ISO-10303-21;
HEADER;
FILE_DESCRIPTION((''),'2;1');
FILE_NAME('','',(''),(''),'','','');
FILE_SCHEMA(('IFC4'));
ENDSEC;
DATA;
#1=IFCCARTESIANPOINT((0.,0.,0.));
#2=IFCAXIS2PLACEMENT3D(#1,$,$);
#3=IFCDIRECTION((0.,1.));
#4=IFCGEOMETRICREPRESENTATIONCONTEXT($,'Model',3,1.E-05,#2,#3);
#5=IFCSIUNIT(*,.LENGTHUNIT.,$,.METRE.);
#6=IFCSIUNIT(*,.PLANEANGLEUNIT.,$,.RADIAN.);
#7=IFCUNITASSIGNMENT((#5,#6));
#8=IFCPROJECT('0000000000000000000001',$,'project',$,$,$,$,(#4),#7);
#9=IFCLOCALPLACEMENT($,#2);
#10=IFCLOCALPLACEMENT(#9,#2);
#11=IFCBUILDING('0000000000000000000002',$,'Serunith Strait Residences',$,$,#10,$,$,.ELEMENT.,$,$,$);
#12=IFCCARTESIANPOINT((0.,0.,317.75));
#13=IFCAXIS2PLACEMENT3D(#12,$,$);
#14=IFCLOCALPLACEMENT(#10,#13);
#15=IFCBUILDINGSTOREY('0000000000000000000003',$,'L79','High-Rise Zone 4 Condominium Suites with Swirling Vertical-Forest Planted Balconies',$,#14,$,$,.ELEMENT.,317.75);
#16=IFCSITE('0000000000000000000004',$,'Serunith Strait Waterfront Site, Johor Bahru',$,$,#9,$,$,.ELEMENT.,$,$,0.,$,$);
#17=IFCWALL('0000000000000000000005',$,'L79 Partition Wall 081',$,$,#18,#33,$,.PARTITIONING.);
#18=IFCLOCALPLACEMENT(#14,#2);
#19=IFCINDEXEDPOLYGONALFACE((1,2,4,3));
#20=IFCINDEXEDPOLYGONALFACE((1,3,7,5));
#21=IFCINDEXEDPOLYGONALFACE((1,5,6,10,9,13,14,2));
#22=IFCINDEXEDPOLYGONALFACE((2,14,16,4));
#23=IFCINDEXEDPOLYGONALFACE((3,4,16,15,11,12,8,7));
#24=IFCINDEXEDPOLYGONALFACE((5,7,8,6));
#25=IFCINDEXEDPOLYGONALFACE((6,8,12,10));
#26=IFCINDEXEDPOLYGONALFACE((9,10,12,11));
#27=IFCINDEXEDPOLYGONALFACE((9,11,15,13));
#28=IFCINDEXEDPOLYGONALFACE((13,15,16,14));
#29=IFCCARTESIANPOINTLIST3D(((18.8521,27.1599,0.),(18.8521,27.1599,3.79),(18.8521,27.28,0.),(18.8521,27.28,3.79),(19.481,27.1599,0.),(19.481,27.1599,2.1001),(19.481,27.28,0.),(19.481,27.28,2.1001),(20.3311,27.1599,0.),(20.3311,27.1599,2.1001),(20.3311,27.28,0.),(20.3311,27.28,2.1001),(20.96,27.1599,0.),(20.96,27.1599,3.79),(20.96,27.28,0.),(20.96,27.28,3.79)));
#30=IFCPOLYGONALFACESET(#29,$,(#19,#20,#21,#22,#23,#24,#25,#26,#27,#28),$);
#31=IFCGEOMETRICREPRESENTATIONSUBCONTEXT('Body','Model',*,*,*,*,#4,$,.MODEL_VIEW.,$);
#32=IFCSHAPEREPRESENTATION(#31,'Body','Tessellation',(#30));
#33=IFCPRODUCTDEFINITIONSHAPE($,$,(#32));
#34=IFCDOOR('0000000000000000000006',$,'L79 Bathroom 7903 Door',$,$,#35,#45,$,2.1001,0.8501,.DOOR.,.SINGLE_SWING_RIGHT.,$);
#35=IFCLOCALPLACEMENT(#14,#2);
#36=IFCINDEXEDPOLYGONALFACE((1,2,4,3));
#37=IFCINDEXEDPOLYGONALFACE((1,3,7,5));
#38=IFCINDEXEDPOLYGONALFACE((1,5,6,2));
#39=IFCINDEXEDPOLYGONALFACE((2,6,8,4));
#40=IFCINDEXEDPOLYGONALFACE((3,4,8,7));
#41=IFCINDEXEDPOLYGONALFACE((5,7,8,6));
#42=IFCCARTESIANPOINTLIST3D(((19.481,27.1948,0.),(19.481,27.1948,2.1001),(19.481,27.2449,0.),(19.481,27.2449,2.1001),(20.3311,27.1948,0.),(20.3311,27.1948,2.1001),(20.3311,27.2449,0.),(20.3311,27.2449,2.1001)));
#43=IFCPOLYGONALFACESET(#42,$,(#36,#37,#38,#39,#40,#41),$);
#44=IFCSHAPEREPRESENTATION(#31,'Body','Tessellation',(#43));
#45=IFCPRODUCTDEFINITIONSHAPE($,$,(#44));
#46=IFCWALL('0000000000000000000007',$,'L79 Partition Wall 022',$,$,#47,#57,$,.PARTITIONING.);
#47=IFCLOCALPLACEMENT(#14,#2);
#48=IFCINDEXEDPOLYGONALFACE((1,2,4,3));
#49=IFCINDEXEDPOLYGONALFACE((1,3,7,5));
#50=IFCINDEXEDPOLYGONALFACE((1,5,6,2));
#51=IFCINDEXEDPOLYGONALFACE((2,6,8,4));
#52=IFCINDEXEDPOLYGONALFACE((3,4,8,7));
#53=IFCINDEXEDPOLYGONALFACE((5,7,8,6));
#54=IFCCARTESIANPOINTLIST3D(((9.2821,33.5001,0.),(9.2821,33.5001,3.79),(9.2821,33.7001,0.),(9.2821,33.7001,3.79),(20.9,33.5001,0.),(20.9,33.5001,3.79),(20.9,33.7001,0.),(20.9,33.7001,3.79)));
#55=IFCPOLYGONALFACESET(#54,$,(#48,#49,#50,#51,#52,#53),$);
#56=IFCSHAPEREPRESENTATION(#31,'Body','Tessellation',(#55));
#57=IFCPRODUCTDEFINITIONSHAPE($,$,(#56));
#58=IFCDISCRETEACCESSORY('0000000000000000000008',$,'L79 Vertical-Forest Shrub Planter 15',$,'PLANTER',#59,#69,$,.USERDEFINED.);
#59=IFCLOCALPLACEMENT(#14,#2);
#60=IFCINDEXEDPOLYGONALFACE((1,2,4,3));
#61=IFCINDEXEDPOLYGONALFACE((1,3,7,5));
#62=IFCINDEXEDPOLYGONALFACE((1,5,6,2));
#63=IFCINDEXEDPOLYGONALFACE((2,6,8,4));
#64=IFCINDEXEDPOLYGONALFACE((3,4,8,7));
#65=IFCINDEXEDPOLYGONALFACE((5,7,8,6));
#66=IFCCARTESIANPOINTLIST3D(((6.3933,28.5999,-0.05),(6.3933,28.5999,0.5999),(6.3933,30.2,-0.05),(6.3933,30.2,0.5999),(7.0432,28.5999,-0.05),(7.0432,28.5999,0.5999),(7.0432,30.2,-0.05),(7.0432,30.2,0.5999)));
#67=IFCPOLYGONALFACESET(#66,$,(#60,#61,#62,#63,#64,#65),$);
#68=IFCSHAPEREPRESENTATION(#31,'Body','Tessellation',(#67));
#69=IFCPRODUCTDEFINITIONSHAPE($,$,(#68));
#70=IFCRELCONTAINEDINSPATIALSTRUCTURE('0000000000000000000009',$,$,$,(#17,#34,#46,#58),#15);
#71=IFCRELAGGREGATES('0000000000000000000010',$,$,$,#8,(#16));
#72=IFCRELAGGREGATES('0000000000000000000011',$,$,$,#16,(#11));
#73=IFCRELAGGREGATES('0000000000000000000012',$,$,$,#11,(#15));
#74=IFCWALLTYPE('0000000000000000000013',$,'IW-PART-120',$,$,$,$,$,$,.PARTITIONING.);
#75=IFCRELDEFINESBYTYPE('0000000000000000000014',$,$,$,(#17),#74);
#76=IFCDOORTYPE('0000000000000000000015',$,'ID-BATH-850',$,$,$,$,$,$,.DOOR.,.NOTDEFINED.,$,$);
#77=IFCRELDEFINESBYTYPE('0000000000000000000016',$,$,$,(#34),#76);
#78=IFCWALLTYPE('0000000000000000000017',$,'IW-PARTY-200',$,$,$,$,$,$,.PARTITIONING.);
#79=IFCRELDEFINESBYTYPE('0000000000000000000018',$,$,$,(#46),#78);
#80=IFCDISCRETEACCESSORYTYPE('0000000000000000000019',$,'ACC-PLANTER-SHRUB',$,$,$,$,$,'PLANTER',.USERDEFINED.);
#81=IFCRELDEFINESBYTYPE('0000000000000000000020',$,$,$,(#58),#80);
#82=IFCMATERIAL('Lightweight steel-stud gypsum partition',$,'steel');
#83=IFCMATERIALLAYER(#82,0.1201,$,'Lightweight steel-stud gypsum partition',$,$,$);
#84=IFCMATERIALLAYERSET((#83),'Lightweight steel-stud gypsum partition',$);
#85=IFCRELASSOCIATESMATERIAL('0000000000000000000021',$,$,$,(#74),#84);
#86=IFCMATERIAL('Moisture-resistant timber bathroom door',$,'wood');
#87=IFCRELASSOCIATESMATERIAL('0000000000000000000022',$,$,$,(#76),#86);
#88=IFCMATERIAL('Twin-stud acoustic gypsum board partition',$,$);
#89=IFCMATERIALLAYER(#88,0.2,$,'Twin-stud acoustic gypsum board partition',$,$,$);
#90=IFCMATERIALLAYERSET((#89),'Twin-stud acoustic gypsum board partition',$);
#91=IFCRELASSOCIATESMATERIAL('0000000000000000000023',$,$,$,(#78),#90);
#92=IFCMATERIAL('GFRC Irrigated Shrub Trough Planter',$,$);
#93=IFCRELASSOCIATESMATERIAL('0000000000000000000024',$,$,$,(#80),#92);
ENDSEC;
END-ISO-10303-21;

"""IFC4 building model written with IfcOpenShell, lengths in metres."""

from ifc_helpers import new_model, si_unit, direction, frame, frame_2d, origin, origin_2d, place, context, subcontext, project, spatial, rectangle, extrude, source, transform, mapped, material, layer, layer_set, type_object, element, fill, save


model = new_model("IFC4")

# Units and contexts
model_context = context("Model", 3, precision=1e-05, world=origin(), true_north=direction((0.0, 1.0)))
body_context = subcontext(model_context, "Body", "Model", "MODEL_VIEW")
ifc_project = project(units=[si_unit("LENGTHUNIT", "METRE"), si_unit("PLANEANGLEUNIT", "RADIAN")], contexts=[model_context])

# Site, building, storey
site_placement = place(None, origin())
site = spatial("IfcSite", under=ifc_project, at=site_placement, Name="Serunith Strait Waterfront Site, Johor Bahru", CompositionType="ELEMENT", RefElevation=0.0)
building_placement = place(site_placement, origin())
building = spatial("IfcBuilding", under=site, at=building_placement, Name="Serunith Strait Residences", CompositionType="ELEMENT")
storey_placement = place(building_placement, frame((0.0, 0.0, 317.75)))
storey = spatial("IfcBuildingStorey", under=building, at=storey_placement, Name="L79", Description="High-Rise Zone 4 Condominium Suites with Swirling Vertical-Forest Planted Balconies", CompositionType="ELEMENT", Elevation=317.75)

# Shared definitions
ifc_material_1 = material(Name="Lightweight steel-stud gypsum partition", Category="steel")
ifc_layer_1 = layer(ifc_material_1, 0.1201, Name="Lightweight steel-stud gypsum partition")
ifc_layer_set_1 = layer_set([ifc_layer_1], Name="Lightweight steel-stud gypsum partition")
wall_type_1 = type_object("IfcWallType", Name="IW-PART-120", PredefinedType="PARTITIONING", material=ifc_layer_set_1)
shared_shape_1 = source(origin(), body_context, "Body", "SweptSolid", [
    extrude(rectangle(XDim=0.8501, YDim=2.1001, at=frame_2d((0.425, 1.05))), frame((0.0, 0.0249, 0.0), z_axis=(0.0, -1.0, 0.0), x_axis=(1.0, 0.0, 0.0)), (0.0, 0.0, 1.0), 0.05),
])

# Wall, opening, door
wall_1_placement = place(storey_placement, frame((18.8521, 27.22, 0.0), z_axis=(0.0, 0.0, 1.0), x_axis=(1.0, 0.0, 0.0)))
wall_1 = element("IfcWall", 1, at=wall_1_placement, inside=storey, type_object=wall_type_1, Name="L79 Partition Wall 081", PredefinedType="PARTITIONING", context=body_context, shape_type="SweptSolid", body=[
    extrude(rectangle(XDim=2.1079, YDim=0.1201, at=frame_2d((1.054, 0.0))), origin(), (0.0, 0.0, 1.0), 3.79),
])
opening_1_placement = place(wall_1_placement, frame((0.6289, 0.0, 0.0)))
opening_1 = element("IfcOpeningElement", 2, at=opening_1_placement, cuts=wall_1, PredefinedType="OPENING", context=body_context, shape_type="SweptSolid", body=[
    extrude(rectangle(XDim=0.8501, YDim=2.1001, at=frame_2d((0.425, 1.05))), frame((0.0, 0.0701, 0.0), z_axis=(0.0, -1.0, 0.0), x_axis=(1.0, 0.0, 0.0)), (0.0, 0.0, 1.0), 0.1401),
])
ifc_material_2 = material(Name="Moisture-resistant timber bathroom door", Category="wood")
door_type_1 = type_object("IfcDoorType", Name="ID-BATH-850", OperationType="NOTDEFINED", PredefinedType="DOOR", material=ifc_material_2)
door_1_placement = place(opening_1_placement, origin())
door_1 = element("IfcDoor", 3, at=door_1_placement, inside=storey, type_object=door_type_1, Name="L79 Bathroom 7903 Door", OperationType="SINGLE_SWING_RIGHT", OverallHeight=2.1001, OverallWidth=0.8501, PredefinedType="DOOR", context=body_context, shape_type="MappedRepresentation", body=[
    mapped(shared_shape_1, transform((0.0, 0.0, 0.0), scale=1.0)),
])
fill(opening_1, door_1)

# Wall
ifc_material_3 = material(Name="Twin-stud acoustic gypsum board partition")
ifc_layer_2 = layer(ifc_material_3, 0.2, Name="Twin-stud acoustic gypsum board partition")
ifc_layer_set_2 = layer_set([ifc_layer_2], Name="Twin-stud acoustic gypsum board partition")
wall_type_2 = type_object("IfcWallType", Name="IW-PARTY-200", PredefinedType="PARTITIONING", material=ifc_layer_set_2)
wall_2_placement = place(storey_placement, frame((9.282, 33.6001, 0.0), z_axis=(0.0, 0.0, 1.0), x_axis=(1.0, 0.0, 0.0)))
element("IfcWall", 4, at=wall_2_placement, inside=storey, type_object=wall_type_2, Name="L79 Partition Wall 022", PredefinedType="PARTITIONING", context=body_context, shape_type="SweptSolid", body=[
    extrude(rectangle(XDim=11.6179, YDim=0.2, at=frame_2d((5.8091, 0.0))), origin(), (0.0, 0.0, 1.0), 3.79),
])

# Discrete accessory
ifc_material_4 = material(Name="GFRC Irrigated Shrub Trough Planter")
discrete_accessory_type = type_object("IfcDiscreteAccessoryType", Name="ACC-PLANTER-SHRUB", ElementType="PLANTER", PredefinedType="USERDEFINED", material=ifc_material_4)
shared_shape_2 = source(origin(), body_context, "Body", "SweptSolid", [
    extrude(rectangle(XDim=1.6001, YDim=0.6499, at=origin_2d()), origin(), (0.0, 0.0, 1.0), 0.6499),
])
discrete_accessory_placement = place(storey_placement, frame((6.7183, 29.3999, -0.05), z_axis=(0.0, 0.0, 1.0), x_axis=(0.0, -1.0, 0.0)))
element("IfcDiscreteAccessory", 5, at=discrete_accessory_placement, inside=storey, type_object=discrete_accessory_type, Name="L79 Vertical-Forest Shrub Planter 15", ObjectType="PLANTER", PredefinedType="USERDEFINED", context=body_context, shape_type="MappedRepresentation", body=[
    mapped(shared_shape_2, transform((0.0, 0.0, 0.0), scale=1.0)),
])

save(model, "model.ifc")
